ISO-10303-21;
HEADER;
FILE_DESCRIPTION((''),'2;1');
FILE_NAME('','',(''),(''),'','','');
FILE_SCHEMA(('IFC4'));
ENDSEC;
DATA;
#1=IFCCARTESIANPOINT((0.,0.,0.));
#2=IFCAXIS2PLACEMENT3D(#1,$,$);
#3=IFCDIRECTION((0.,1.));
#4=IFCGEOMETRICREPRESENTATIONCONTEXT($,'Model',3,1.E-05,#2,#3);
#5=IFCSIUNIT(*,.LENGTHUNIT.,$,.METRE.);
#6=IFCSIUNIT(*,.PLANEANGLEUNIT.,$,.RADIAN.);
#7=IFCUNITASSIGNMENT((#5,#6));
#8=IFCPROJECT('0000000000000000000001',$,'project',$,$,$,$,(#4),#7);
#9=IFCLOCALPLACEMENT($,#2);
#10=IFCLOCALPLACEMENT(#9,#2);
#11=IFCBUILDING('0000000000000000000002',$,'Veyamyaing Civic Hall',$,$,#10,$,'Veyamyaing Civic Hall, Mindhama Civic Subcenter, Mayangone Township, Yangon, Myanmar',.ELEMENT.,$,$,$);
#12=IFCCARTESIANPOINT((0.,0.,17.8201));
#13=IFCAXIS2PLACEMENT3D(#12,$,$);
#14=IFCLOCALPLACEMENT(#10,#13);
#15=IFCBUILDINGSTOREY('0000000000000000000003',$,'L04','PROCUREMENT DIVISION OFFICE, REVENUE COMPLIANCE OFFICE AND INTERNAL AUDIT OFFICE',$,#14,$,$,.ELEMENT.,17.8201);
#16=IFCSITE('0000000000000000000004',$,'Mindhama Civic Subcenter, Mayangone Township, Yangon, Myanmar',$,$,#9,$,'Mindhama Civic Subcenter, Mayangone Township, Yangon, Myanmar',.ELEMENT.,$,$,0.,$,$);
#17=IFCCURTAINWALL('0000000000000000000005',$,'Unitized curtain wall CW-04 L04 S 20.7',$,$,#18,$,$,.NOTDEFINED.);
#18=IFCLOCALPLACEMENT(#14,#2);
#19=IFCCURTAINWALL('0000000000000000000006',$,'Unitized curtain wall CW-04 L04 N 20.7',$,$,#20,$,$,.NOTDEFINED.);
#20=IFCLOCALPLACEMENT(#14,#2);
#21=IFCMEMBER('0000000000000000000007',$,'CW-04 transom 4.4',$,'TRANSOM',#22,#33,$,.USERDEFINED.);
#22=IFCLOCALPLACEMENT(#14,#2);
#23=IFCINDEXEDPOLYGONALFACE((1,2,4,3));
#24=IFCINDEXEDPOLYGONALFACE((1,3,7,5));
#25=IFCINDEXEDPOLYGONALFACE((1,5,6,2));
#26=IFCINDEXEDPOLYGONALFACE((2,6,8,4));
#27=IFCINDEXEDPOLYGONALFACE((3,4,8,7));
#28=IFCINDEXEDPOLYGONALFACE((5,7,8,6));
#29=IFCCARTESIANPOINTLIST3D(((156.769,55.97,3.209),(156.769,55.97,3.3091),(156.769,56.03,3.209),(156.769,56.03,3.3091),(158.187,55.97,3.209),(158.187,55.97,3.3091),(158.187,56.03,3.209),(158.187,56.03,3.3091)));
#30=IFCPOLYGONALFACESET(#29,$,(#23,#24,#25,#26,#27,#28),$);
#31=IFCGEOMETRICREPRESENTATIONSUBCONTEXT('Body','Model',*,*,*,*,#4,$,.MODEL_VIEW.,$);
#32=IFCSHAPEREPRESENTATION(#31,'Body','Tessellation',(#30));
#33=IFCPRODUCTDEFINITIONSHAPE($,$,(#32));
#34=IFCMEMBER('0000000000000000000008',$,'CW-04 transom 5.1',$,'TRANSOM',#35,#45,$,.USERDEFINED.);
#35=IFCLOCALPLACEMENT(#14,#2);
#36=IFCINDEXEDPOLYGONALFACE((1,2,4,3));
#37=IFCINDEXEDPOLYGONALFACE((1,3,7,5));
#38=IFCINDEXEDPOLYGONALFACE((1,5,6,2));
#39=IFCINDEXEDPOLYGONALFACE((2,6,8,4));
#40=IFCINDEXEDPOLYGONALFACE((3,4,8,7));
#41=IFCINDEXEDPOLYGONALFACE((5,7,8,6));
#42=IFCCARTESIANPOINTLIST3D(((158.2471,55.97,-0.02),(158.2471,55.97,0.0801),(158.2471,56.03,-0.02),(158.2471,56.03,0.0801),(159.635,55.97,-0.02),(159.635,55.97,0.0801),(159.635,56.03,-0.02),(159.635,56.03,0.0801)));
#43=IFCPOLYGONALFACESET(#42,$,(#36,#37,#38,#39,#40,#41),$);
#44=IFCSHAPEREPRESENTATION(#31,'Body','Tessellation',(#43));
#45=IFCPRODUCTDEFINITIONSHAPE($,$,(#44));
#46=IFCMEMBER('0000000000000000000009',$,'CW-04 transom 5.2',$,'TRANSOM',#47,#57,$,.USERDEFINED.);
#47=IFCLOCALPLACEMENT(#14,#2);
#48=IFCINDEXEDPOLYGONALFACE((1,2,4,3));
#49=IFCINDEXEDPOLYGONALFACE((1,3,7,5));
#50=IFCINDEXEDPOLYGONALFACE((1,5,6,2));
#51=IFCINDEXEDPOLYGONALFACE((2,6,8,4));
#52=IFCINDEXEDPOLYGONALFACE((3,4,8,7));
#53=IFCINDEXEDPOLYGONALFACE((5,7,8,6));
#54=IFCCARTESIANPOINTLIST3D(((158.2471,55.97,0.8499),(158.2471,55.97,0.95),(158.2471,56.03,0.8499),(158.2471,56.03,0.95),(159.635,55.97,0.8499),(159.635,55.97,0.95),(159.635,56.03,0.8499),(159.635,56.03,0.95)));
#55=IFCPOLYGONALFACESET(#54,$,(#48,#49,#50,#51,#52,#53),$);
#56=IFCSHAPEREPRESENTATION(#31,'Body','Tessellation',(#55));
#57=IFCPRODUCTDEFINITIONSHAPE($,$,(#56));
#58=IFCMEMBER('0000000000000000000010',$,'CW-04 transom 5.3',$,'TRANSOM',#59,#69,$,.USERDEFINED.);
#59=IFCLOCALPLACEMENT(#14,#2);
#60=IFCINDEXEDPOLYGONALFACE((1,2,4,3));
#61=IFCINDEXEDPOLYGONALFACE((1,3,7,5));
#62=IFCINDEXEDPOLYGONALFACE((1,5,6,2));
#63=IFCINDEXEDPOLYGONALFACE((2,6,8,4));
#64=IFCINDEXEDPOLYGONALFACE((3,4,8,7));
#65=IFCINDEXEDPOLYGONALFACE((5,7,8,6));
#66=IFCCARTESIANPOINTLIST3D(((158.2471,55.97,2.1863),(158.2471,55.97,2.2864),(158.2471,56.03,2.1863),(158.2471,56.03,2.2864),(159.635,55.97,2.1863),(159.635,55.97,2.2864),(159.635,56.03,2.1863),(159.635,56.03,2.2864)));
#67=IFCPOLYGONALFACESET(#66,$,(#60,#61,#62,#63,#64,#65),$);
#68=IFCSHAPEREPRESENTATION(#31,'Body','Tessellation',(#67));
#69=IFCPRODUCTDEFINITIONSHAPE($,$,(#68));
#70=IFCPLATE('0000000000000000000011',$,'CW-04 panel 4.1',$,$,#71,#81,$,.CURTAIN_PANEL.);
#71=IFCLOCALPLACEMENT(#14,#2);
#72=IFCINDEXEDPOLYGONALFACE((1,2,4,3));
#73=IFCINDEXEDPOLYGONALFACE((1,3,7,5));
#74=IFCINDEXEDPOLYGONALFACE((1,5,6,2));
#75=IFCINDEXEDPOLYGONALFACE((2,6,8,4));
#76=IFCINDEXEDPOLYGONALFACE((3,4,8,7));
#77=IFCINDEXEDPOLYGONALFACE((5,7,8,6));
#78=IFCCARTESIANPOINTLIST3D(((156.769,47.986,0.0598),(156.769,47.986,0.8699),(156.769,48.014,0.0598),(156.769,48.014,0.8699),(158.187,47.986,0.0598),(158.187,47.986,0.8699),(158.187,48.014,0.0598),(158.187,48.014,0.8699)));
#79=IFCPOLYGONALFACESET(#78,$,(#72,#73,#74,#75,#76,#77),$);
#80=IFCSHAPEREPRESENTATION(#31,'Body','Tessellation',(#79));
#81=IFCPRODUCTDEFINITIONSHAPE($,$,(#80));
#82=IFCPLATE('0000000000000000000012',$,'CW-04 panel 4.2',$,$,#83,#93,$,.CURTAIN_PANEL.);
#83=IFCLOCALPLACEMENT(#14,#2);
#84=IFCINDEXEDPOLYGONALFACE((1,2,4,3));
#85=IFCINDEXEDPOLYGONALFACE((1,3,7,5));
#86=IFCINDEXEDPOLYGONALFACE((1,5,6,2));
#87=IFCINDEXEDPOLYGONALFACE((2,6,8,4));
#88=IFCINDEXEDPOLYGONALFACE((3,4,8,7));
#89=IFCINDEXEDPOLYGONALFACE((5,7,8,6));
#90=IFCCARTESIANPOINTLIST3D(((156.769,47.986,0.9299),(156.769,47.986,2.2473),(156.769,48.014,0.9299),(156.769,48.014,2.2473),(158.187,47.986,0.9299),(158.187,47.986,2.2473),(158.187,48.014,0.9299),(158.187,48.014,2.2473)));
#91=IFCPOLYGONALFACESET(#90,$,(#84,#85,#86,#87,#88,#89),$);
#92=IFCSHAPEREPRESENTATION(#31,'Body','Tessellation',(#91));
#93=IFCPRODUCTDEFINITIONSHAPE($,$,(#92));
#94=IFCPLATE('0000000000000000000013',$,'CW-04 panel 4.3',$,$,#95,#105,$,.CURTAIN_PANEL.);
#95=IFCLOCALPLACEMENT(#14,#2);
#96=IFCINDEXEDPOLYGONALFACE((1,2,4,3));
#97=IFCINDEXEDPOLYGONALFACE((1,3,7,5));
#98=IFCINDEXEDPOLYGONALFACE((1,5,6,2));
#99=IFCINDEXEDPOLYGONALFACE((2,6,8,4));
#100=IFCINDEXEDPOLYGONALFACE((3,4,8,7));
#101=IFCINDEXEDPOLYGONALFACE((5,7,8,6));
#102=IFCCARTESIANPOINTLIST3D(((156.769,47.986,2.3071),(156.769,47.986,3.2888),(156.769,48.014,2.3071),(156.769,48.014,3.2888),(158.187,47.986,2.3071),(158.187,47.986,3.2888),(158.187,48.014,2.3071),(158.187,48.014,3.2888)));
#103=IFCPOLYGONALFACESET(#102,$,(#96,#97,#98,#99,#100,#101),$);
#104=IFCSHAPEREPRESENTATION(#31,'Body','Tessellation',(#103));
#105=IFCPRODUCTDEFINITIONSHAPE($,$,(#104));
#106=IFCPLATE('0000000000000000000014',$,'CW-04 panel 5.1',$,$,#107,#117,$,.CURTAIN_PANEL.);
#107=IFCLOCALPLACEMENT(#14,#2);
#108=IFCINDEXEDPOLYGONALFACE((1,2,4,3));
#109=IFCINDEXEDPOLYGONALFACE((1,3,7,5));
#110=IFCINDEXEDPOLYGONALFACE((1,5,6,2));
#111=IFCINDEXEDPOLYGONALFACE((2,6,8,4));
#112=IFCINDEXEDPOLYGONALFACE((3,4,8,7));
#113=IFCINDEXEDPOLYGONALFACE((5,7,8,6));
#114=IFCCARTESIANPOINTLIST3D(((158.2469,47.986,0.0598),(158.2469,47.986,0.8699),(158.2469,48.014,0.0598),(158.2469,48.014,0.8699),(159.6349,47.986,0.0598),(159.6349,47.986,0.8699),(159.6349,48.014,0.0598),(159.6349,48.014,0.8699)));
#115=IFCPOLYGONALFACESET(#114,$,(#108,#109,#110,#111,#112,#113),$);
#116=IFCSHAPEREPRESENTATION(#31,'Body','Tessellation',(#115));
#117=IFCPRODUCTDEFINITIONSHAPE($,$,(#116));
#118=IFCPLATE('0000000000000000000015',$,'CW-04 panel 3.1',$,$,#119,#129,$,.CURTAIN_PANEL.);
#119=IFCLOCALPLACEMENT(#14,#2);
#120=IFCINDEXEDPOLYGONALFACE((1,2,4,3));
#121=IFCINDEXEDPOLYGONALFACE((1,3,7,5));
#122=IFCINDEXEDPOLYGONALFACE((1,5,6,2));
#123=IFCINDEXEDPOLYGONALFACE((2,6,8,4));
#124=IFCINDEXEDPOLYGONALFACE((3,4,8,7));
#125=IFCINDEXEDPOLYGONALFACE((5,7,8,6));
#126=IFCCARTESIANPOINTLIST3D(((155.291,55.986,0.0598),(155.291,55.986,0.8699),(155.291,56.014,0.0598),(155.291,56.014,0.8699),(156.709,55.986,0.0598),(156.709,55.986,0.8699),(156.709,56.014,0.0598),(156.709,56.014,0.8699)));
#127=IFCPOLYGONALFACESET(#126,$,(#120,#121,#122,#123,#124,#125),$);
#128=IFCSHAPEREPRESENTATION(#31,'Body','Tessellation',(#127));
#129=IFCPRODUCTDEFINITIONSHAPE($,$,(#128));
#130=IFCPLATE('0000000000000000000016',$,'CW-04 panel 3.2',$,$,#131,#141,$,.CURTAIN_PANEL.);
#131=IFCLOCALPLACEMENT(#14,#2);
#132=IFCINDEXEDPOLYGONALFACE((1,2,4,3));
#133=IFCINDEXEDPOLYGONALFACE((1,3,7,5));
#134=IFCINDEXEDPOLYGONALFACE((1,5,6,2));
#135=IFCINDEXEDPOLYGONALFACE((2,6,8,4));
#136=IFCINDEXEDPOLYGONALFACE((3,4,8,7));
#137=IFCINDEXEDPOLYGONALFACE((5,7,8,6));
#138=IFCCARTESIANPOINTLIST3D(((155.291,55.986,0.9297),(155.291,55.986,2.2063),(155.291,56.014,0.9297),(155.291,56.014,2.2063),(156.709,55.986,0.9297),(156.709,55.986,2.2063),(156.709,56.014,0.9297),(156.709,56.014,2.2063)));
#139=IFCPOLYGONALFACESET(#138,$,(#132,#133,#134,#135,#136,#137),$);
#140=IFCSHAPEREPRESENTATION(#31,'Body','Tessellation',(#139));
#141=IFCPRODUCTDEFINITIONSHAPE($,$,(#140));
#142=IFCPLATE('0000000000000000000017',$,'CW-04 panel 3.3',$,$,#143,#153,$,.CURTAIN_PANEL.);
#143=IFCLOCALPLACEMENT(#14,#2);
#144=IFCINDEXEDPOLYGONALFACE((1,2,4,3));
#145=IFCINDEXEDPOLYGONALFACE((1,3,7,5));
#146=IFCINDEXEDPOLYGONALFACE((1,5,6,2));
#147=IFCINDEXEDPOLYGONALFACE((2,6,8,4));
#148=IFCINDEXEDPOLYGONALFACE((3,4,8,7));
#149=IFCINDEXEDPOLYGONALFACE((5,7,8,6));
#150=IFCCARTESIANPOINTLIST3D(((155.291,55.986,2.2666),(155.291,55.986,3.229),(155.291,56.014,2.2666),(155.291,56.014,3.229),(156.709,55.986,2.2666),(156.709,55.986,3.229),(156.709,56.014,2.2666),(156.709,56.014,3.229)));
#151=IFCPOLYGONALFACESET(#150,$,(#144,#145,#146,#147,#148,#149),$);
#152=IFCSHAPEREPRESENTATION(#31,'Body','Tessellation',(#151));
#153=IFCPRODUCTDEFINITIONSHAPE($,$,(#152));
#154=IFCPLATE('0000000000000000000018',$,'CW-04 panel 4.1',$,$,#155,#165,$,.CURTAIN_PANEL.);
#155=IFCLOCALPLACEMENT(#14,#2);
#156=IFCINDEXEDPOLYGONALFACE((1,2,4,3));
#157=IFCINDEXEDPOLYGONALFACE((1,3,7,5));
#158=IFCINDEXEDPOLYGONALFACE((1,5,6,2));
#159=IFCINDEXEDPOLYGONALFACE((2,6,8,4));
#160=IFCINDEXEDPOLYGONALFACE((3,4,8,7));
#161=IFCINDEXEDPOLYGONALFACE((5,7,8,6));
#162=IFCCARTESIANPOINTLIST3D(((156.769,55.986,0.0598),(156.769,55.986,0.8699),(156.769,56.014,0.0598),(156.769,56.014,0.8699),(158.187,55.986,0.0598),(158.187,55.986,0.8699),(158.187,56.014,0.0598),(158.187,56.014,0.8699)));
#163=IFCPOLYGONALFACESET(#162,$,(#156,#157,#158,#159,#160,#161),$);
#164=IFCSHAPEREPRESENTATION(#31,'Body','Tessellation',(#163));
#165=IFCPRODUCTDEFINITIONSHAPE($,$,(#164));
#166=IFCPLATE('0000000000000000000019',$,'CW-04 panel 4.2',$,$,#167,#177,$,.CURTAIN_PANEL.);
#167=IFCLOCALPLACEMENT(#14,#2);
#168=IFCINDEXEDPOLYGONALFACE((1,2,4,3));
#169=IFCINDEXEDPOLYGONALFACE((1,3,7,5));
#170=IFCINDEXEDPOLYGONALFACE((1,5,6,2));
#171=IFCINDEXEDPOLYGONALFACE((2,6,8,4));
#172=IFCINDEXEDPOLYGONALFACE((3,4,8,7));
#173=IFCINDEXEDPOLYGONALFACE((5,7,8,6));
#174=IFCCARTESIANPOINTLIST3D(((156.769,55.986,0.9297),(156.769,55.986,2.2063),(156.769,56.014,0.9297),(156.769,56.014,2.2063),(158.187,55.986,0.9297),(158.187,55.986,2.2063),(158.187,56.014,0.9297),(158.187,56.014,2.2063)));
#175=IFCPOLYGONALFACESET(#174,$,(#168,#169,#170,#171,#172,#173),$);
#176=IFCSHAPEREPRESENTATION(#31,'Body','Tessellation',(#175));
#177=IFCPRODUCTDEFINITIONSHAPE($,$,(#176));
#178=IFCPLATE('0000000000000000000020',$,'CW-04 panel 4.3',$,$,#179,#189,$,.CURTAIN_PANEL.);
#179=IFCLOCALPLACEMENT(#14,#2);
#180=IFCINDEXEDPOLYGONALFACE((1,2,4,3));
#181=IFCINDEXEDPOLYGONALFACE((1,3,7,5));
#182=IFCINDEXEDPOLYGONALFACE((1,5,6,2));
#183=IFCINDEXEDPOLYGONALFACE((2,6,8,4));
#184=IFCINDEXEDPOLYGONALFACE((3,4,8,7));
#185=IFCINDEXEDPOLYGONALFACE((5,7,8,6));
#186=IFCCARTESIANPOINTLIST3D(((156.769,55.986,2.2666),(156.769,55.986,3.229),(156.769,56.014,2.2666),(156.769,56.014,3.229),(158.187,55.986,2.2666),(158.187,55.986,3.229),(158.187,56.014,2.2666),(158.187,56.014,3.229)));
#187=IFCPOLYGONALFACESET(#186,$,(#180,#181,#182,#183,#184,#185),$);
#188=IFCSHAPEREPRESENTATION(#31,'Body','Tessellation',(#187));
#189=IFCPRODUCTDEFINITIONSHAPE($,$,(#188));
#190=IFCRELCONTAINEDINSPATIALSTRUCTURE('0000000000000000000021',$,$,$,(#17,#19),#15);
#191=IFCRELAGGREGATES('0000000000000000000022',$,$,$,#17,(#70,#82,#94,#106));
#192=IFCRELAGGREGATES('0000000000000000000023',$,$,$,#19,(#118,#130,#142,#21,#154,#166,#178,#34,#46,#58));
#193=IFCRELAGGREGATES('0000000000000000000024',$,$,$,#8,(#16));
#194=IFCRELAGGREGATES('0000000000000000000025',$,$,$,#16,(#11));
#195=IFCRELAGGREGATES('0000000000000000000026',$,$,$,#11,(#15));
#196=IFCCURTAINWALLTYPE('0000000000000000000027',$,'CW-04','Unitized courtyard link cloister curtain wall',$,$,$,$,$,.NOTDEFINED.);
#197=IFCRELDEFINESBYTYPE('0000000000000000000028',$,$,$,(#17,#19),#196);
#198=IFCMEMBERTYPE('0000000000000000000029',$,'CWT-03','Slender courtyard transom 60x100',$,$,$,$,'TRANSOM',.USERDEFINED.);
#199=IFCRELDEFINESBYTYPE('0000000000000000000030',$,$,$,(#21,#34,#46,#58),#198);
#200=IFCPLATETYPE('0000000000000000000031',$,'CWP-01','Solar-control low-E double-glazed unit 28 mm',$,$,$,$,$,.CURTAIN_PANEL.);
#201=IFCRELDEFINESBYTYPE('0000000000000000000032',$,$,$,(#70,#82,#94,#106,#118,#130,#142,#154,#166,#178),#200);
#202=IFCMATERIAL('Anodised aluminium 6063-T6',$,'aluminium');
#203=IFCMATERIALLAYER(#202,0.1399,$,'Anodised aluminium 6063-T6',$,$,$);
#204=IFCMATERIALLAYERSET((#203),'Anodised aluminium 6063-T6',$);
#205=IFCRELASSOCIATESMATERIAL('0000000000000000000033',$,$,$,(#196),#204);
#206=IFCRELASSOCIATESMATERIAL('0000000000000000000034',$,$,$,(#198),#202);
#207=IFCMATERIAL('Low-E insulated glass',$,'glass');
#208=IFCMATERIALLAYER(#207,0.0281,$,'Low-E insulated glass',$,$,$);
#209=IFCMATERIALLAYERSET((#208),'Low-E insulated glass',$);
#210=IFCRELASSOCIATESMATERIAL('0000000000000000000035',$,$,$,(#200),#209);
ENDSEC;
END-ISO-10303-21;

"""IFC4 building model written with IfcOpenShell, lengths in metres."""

from ifc_helpers import new_model, si_unit, direction, frame, origin, origin_2d, place, context, subcontext, project, spatial, rectangle, extrude, material, layer, layer_set, material_profile, profile_set, type_object, element, aggregate, save


model = new_model("IFC4")

# Units and contexts
model_context = context("Model", 3, precision=1e-05, world=origin(), true_north=direction((0.0, 1.0)))
body_context = subcontext(model_context, "Body", "Model", "MODEL_VIEW")
ifc_project = project(units=[si_unit("LENGTHUNIT", "METRE"), si_unit("PLANEANGLEUNIT", "RADIAN")], contexts=[model_context])

# Site, building, storey
site_placement = place(None, origin())
site = spatial("IfcSite", under=ifc_project, at=site_placement, Name="Mindhama Civic Subcenter, Mayangone Township, Yangon, Myanmar", LongName="Mindhama Civic Subcenter, Mayangone Township, Yangon, Myanmar", CompositionType="ELEMENT", RefElevation=0.0)
building_placement = place(site_placement, origin())
building = spatial("IfcBuilding", under=site, at=building_placement, Name="Veyamyaing Civic Hall", LongName="Veyamyaing Civic Hall, Mindhama Civic Subcenter, Mayangone Township, Yangon, Myanmar", CompositionType="ELEMENT")
storey_placement = place(building_placement, frame((0.0, 0.0, 17.8201)))
storey = spatial("IfcBuildingStorey", under=building, at=storey_placement, Name="L04", Description="PROCUREMENT DIVISION OFFICE, REVENUE COMPLIANCE OFFICE AND INTERNAL AUDIT OFFICE", CompositionType="ELEMENT", Elevation=17.8201)

# Curtain walls
ifc_material_1 = material(Name="Anodised aluminium 6063-T6", Category="aluminium")
ifc_layer_1 = layer(ifc_material_1, 0.1399, Name="Anodised aluminium 6063-T6")
ifc_layer_set_1 = layer_set([ifc_layer_1], Name="Anodised aluminium 6063-T6")
curtain_wall_type = type_object("IfcCurtainWallType", Name="CW-04", Description="Unitized courtyard link cloister curtain wall", PredefinedType="NOTDEFINED", material=ifc_layer_set_1)
curtain_wall_1_placement = place(storey_placement, origin())
curtain_wall_1 = element("IfcCurtainWall", 1, at=curtain_wall_1_placement, inside=storey, type_object=curtain_wall_type, Name="Unitized curtain wall CW-04 L04 S 20.7", PredefinedType="NOTDEFINED")
curtain_wall_2_placement = place(storey_placement, origin())
curtain_wall_2 = element("IfcCurtainWall", 2, at=curtain_wall_2_placement, inside=storey, type_object=curtain_wall_type, Name="Unitized curtain wall CW-04 L04 N 20.7", PredefinedType="NOTDEFINED")

# Members
ifc_material_profile_1 = material_profile(ifc_material_1, rectangle(XDim=0.0601, YDim=0.1001, at=origin_2d()), Name="ALU-TRN-60X100")
ifc_profile_set_1 = profile_set([ifc_material_profile_1], Name="Anodised aluminium 6063-T6")
member_type_1 = type_object("IfcMemberType", Name="CWT-03", Description="Slender courtyard transom 60x100", ElementType="TRANSOM", PredefinedType="USERDEFINED", material=ifc_profile_set_1)
member_1_placement = place(storey_placement, frame((156.769, 56.0, 3.259), z_axis=(1.0, 0.0, 0.0), x_axis=(0.0, 1.0, 0.0)))
member_1 = element("IfcMember", 3, at=member_1_placement, type_object=member_type_1, Name="CW-04 transom 4.4", ObjectType="TRANSOM", PredefinedType="USERDEFINED", context=body_context, shape_type="SweptSolid", body=[
    extrude(rectangle(XDim=0.0601, YDim=0.1001, at=origin_2d()), origin(), (0.0, 0.0, 1.0), 1.418),
])
member_2_placement = place(storey_placement, frame((158.2471, 56.0, 0.03), z_axis=(1.0, 0.0, 0.0), x_axis=(0.0, 1.0, 0.0)))
member_2 = element("IfcMember", 4, at=member_2_placement, type_object=member_type_1, Name="CW-04 transom 5.1", ObjectType="TRANSOM", PredefinedType="USERDEFINED", context=body_context, shape_type="SweptSolid", body=[
    extrude(rectangle(XDim=0.0601, YDim=0.1001, at=origin_2d()), origin(), (0.0, 0.0, 1.0), 1.3879),
])
member_3_placement = place(storey_placement, frame((158.2471, 56.0, 0.8999), z_axis=(1.0, 0.0, 0.0), x_axis=(0.0, 1.0, 0.0)))
member_3 = element("IfcMember", 5, at=member_3_placement, type_object=member_type_1, Name="CW-04 transom 5.2", ObjectType="TRANSOM", PredefinedType="USERDEFINED", context=body_context, shape_type="SweptSolid", body=[
    extrude(rectangle(XDim=0.0601, YDim=0.1001, at=origin_2d()), origin(), (0.0, 0.0, 1.0), 1.3879),
])
member_4_placement = place(storey_placement, frame((158.2471, 56.0, 2.2363), z_axis=(1.0, 0.0, 0.0), x_axis=(0.0, 1.0, 0.0)))
member_4 = element("IfcMember", 6, at=member_4_placement, type_object=member_type_1, Name="CW-04 transom 5.3", ObjectType="TRANSOM", PredefinedType="USERDEFINED", context=body_context, shape_type="SweptSolid", body=[
    extrude(rectangle(XDim=0.0601, YDim=0.1001, at=origin_2d()), origin(), (0.0, 0.0, 1.0), 1.3879),
])

# Plates
ifc_material_2 = material(Name="Low-E insulated glass", Category="glass")
ifc_layer_2 = layer(ifc_material_2, 0.0281, Name="Low-E insulated glass")
ifc_layer_set_2 = layer_set([ifc_layer_2], Name="Low-E insulated glass")
plate_type = type_object("IfcPlateType", Name="CWP-01", Description="Solar-control low-E double-glazed unit 28 mm", PredefinedType="CURTAIN_PANEL", material=ifc_layer_set_2)
plate_1_placement = place(storey_placement, frame((157.478, 48.0, 0.0598), z_axis=(0.0, 0.0, 1.0), x_axis=(1.0, 0.0, 0.0)))
plate_1 = element("IfcPlate", 7, at=plate_1_placement, type_object=plate_type, Name="CW-04 panel 4.1", PredefinedType="CURTAIN_PANEL", context=body_context, shape_type="SweptSolid", body=[
    extrude(rectangle(XDim=1.418, YDim=0.0281, at=origin_2d()), origin(), (0.0, 0.0, 1.0), 0.8101),
])
plate_2_placement = place(storey_placement, frame((157.478, 48.0, 0.9299), z_axis=(0.0, 0.0, 1.0), x_axis=(1.0, 0.0, 0.0)))
plate_2 = element("IfcPlate", 8, at=plate_2_placement, type_object=plate_type, Name="CW-04 panel 4.2", PredefinedType="CURTAIN_PANEL", context=body_context, shape_type="SweptSolid", body=[
    extrude(rectangle(XDim=1.418, YDim=0.0281, at=origin_2d()), origin(), (0.0, 0.0, 1.0), 1.3174),
])
plate_3_placement = place(storey_placement, frame((157.478, 48.0, 2.3071), z_axis=(0.0, 0.0, 1.0), x_axis=(1.0, 0.0, 0.0)))
plate_3 = element("IfcPlate", 9, at=plate_3_placement, type_object=plate_type, Name="CW-04 panel 4.3", PredefinedType="CURTAIN_PANEL", context=body_context, shape_type="SweptSolid", body=[
    extrude(rectangle(XDim=1.418, YDim=0.0281, at=origin_2d()), origin(), (0.0, 0.0, 1.0), 0.9817),
])
plate_4_placement = place(storey_placement, frame((158.9409, 48.0, 0.0598), z_axis=(0.0, 0.0, 1.0), x_axis=(1.0, 0.0, 0.0)))
plate_4 = element("IfcPlate", 10, at=plate_4_placement, type_object=plate_type, Name="CW-04 panel 5.1", PredefinedType="CURTAIN_PANEL", context=body_context, shape_type="SweptSolid", body=[
    extrude(rectangle(XDim=1.3879, YDim=0.0281, at=origin_2d()), origin(), (0.0, 0.0, 1.0), 0.8101),
])
aggregate(curtain_wall_1, [plate_1, plate_2, plate_3, plate_4])
plate_5_placement = place(storey_placement, frame((156.0, 56.0, 0.0598), z_axis=(0.0, 0.0, 1.0), x_axis=(1.0, 0.0, 0.0)))
plate_5 = element("IfcPlate", 11, at=plate_5_placement, type_object=plate_type, Name="CW-04 panel 3.1", PredefinedType="CURTAIN_PANEL", context=body_context, shape_type="SweptSolid", body=[
    extrude(rectangle(XDim=1.418, YDim=0.0281, at=origin_2d()), origin(), (0.0, 0.0, 1.0), 0.8101),
])
plate_6_placement = place(storey_placement, frame((156.0, 56.0, 0.9297), z_axis=(0.0, 0.0, 1.0), x_axis=(1.0, 0.0, 0.0)))
plate_6 = element("IfcPlate", 12, at=plate_6_placement, type_object=plate_type, Name="CW-04 panel 3.2", PredefinedType="CURTAIN_PANEL", context=body_context, shape_type="SweptSolid", body=[
    extrude(rectangle(XDim=1.418, YDim=0.0281, at=origin_2d()), origin(), (0.0, 0.0, 1.0), 1.2766),
])
plate_7_placement = place(storey_placement, frame((156.0, 56.0, 2.2666), z_axis=(0.0, 0.0, 1.0), x_axis=(1.0, 0.0, 0.0)))
plate_7 = element("IfcPlate", 13, at=plate_7_placement, type_object=plate_type, Name="CW-04 panel 3.3", PredefinedType="CURTAIN_PANEL", context=body_context, shape_type="SweptSolid", body=[
    extrude(rectangle(XDim=1.418, YDim=0.0281, at=origin_2d()), origin(), (0.0, 0.0, 1.0), 0.9624),
])
plate_8_placement = place(storey_placement, frame((157.478, 56.0, 0.0598), z_axis=(0.0, 0.0, 1.0), x_axis=(1.0, 0.0, 0.0)))
plate_8 = element("IfcPlate", 14, at=plate_8_placement, type_object=plate_type, Name="CW-04 panel 4.1", PredefinedType="CURTAIN_PANEL", context=body_context, shape_type="SweptSolid", body=[
    extrude(rectangle(XDim=1.418, YDim=0.0281, at=origin_2d()), origin(), (0.0, 0.0, 1.0), 0.8101),
])
plate_9_placement = place(storey_placement, frame((157.478, 56.0, 0.9297), z_axis=(0.0, 0.0, 1.0), x_axis=(1.0, 0.0, 0.0)))
plate_9 = element("IfcPlate", 15, at=plate_9_placement, type_object=plate_type, Name="CW-04 panel 4.2", PredefinedType="CURTAIN_PANEL", context=body_context, shape_type="SweptSolid", body=[
    extrude(rectangle(XDim=1.418, YDim=0.0281, at=origin_2d()), origin(), (0.0, 0.0, 1.0), 1.2766),
])
plate_10_placement = place(storey_placement, frame((157.478, 56.0, 2.2666), z_axis=(0.0, 0.0, 1.0), x_axis=(1.0, 0.0, 0.0)))
plate_10 = element("IfcPlate", 16, at=plate_10_placement, type_object=plate_type, Name="CW-04 panel 4.3", PredefinedType="CURTAIN_PANEL", context=body_context, shape_type="SweptSolid", body=[
    extrude(rectangle(XDim=1.418, YDim=0.0281, at=origin_2d()), origin(), (0.0, 0.0, 1.0), 0.9624),
])
aggregate(curtain_wall_2, [plate_5, plate_6, plate_7, member_1, plate_8, plate_9, plate_10, member_2, member_3, member_4])

save(model, "model.ifc")
